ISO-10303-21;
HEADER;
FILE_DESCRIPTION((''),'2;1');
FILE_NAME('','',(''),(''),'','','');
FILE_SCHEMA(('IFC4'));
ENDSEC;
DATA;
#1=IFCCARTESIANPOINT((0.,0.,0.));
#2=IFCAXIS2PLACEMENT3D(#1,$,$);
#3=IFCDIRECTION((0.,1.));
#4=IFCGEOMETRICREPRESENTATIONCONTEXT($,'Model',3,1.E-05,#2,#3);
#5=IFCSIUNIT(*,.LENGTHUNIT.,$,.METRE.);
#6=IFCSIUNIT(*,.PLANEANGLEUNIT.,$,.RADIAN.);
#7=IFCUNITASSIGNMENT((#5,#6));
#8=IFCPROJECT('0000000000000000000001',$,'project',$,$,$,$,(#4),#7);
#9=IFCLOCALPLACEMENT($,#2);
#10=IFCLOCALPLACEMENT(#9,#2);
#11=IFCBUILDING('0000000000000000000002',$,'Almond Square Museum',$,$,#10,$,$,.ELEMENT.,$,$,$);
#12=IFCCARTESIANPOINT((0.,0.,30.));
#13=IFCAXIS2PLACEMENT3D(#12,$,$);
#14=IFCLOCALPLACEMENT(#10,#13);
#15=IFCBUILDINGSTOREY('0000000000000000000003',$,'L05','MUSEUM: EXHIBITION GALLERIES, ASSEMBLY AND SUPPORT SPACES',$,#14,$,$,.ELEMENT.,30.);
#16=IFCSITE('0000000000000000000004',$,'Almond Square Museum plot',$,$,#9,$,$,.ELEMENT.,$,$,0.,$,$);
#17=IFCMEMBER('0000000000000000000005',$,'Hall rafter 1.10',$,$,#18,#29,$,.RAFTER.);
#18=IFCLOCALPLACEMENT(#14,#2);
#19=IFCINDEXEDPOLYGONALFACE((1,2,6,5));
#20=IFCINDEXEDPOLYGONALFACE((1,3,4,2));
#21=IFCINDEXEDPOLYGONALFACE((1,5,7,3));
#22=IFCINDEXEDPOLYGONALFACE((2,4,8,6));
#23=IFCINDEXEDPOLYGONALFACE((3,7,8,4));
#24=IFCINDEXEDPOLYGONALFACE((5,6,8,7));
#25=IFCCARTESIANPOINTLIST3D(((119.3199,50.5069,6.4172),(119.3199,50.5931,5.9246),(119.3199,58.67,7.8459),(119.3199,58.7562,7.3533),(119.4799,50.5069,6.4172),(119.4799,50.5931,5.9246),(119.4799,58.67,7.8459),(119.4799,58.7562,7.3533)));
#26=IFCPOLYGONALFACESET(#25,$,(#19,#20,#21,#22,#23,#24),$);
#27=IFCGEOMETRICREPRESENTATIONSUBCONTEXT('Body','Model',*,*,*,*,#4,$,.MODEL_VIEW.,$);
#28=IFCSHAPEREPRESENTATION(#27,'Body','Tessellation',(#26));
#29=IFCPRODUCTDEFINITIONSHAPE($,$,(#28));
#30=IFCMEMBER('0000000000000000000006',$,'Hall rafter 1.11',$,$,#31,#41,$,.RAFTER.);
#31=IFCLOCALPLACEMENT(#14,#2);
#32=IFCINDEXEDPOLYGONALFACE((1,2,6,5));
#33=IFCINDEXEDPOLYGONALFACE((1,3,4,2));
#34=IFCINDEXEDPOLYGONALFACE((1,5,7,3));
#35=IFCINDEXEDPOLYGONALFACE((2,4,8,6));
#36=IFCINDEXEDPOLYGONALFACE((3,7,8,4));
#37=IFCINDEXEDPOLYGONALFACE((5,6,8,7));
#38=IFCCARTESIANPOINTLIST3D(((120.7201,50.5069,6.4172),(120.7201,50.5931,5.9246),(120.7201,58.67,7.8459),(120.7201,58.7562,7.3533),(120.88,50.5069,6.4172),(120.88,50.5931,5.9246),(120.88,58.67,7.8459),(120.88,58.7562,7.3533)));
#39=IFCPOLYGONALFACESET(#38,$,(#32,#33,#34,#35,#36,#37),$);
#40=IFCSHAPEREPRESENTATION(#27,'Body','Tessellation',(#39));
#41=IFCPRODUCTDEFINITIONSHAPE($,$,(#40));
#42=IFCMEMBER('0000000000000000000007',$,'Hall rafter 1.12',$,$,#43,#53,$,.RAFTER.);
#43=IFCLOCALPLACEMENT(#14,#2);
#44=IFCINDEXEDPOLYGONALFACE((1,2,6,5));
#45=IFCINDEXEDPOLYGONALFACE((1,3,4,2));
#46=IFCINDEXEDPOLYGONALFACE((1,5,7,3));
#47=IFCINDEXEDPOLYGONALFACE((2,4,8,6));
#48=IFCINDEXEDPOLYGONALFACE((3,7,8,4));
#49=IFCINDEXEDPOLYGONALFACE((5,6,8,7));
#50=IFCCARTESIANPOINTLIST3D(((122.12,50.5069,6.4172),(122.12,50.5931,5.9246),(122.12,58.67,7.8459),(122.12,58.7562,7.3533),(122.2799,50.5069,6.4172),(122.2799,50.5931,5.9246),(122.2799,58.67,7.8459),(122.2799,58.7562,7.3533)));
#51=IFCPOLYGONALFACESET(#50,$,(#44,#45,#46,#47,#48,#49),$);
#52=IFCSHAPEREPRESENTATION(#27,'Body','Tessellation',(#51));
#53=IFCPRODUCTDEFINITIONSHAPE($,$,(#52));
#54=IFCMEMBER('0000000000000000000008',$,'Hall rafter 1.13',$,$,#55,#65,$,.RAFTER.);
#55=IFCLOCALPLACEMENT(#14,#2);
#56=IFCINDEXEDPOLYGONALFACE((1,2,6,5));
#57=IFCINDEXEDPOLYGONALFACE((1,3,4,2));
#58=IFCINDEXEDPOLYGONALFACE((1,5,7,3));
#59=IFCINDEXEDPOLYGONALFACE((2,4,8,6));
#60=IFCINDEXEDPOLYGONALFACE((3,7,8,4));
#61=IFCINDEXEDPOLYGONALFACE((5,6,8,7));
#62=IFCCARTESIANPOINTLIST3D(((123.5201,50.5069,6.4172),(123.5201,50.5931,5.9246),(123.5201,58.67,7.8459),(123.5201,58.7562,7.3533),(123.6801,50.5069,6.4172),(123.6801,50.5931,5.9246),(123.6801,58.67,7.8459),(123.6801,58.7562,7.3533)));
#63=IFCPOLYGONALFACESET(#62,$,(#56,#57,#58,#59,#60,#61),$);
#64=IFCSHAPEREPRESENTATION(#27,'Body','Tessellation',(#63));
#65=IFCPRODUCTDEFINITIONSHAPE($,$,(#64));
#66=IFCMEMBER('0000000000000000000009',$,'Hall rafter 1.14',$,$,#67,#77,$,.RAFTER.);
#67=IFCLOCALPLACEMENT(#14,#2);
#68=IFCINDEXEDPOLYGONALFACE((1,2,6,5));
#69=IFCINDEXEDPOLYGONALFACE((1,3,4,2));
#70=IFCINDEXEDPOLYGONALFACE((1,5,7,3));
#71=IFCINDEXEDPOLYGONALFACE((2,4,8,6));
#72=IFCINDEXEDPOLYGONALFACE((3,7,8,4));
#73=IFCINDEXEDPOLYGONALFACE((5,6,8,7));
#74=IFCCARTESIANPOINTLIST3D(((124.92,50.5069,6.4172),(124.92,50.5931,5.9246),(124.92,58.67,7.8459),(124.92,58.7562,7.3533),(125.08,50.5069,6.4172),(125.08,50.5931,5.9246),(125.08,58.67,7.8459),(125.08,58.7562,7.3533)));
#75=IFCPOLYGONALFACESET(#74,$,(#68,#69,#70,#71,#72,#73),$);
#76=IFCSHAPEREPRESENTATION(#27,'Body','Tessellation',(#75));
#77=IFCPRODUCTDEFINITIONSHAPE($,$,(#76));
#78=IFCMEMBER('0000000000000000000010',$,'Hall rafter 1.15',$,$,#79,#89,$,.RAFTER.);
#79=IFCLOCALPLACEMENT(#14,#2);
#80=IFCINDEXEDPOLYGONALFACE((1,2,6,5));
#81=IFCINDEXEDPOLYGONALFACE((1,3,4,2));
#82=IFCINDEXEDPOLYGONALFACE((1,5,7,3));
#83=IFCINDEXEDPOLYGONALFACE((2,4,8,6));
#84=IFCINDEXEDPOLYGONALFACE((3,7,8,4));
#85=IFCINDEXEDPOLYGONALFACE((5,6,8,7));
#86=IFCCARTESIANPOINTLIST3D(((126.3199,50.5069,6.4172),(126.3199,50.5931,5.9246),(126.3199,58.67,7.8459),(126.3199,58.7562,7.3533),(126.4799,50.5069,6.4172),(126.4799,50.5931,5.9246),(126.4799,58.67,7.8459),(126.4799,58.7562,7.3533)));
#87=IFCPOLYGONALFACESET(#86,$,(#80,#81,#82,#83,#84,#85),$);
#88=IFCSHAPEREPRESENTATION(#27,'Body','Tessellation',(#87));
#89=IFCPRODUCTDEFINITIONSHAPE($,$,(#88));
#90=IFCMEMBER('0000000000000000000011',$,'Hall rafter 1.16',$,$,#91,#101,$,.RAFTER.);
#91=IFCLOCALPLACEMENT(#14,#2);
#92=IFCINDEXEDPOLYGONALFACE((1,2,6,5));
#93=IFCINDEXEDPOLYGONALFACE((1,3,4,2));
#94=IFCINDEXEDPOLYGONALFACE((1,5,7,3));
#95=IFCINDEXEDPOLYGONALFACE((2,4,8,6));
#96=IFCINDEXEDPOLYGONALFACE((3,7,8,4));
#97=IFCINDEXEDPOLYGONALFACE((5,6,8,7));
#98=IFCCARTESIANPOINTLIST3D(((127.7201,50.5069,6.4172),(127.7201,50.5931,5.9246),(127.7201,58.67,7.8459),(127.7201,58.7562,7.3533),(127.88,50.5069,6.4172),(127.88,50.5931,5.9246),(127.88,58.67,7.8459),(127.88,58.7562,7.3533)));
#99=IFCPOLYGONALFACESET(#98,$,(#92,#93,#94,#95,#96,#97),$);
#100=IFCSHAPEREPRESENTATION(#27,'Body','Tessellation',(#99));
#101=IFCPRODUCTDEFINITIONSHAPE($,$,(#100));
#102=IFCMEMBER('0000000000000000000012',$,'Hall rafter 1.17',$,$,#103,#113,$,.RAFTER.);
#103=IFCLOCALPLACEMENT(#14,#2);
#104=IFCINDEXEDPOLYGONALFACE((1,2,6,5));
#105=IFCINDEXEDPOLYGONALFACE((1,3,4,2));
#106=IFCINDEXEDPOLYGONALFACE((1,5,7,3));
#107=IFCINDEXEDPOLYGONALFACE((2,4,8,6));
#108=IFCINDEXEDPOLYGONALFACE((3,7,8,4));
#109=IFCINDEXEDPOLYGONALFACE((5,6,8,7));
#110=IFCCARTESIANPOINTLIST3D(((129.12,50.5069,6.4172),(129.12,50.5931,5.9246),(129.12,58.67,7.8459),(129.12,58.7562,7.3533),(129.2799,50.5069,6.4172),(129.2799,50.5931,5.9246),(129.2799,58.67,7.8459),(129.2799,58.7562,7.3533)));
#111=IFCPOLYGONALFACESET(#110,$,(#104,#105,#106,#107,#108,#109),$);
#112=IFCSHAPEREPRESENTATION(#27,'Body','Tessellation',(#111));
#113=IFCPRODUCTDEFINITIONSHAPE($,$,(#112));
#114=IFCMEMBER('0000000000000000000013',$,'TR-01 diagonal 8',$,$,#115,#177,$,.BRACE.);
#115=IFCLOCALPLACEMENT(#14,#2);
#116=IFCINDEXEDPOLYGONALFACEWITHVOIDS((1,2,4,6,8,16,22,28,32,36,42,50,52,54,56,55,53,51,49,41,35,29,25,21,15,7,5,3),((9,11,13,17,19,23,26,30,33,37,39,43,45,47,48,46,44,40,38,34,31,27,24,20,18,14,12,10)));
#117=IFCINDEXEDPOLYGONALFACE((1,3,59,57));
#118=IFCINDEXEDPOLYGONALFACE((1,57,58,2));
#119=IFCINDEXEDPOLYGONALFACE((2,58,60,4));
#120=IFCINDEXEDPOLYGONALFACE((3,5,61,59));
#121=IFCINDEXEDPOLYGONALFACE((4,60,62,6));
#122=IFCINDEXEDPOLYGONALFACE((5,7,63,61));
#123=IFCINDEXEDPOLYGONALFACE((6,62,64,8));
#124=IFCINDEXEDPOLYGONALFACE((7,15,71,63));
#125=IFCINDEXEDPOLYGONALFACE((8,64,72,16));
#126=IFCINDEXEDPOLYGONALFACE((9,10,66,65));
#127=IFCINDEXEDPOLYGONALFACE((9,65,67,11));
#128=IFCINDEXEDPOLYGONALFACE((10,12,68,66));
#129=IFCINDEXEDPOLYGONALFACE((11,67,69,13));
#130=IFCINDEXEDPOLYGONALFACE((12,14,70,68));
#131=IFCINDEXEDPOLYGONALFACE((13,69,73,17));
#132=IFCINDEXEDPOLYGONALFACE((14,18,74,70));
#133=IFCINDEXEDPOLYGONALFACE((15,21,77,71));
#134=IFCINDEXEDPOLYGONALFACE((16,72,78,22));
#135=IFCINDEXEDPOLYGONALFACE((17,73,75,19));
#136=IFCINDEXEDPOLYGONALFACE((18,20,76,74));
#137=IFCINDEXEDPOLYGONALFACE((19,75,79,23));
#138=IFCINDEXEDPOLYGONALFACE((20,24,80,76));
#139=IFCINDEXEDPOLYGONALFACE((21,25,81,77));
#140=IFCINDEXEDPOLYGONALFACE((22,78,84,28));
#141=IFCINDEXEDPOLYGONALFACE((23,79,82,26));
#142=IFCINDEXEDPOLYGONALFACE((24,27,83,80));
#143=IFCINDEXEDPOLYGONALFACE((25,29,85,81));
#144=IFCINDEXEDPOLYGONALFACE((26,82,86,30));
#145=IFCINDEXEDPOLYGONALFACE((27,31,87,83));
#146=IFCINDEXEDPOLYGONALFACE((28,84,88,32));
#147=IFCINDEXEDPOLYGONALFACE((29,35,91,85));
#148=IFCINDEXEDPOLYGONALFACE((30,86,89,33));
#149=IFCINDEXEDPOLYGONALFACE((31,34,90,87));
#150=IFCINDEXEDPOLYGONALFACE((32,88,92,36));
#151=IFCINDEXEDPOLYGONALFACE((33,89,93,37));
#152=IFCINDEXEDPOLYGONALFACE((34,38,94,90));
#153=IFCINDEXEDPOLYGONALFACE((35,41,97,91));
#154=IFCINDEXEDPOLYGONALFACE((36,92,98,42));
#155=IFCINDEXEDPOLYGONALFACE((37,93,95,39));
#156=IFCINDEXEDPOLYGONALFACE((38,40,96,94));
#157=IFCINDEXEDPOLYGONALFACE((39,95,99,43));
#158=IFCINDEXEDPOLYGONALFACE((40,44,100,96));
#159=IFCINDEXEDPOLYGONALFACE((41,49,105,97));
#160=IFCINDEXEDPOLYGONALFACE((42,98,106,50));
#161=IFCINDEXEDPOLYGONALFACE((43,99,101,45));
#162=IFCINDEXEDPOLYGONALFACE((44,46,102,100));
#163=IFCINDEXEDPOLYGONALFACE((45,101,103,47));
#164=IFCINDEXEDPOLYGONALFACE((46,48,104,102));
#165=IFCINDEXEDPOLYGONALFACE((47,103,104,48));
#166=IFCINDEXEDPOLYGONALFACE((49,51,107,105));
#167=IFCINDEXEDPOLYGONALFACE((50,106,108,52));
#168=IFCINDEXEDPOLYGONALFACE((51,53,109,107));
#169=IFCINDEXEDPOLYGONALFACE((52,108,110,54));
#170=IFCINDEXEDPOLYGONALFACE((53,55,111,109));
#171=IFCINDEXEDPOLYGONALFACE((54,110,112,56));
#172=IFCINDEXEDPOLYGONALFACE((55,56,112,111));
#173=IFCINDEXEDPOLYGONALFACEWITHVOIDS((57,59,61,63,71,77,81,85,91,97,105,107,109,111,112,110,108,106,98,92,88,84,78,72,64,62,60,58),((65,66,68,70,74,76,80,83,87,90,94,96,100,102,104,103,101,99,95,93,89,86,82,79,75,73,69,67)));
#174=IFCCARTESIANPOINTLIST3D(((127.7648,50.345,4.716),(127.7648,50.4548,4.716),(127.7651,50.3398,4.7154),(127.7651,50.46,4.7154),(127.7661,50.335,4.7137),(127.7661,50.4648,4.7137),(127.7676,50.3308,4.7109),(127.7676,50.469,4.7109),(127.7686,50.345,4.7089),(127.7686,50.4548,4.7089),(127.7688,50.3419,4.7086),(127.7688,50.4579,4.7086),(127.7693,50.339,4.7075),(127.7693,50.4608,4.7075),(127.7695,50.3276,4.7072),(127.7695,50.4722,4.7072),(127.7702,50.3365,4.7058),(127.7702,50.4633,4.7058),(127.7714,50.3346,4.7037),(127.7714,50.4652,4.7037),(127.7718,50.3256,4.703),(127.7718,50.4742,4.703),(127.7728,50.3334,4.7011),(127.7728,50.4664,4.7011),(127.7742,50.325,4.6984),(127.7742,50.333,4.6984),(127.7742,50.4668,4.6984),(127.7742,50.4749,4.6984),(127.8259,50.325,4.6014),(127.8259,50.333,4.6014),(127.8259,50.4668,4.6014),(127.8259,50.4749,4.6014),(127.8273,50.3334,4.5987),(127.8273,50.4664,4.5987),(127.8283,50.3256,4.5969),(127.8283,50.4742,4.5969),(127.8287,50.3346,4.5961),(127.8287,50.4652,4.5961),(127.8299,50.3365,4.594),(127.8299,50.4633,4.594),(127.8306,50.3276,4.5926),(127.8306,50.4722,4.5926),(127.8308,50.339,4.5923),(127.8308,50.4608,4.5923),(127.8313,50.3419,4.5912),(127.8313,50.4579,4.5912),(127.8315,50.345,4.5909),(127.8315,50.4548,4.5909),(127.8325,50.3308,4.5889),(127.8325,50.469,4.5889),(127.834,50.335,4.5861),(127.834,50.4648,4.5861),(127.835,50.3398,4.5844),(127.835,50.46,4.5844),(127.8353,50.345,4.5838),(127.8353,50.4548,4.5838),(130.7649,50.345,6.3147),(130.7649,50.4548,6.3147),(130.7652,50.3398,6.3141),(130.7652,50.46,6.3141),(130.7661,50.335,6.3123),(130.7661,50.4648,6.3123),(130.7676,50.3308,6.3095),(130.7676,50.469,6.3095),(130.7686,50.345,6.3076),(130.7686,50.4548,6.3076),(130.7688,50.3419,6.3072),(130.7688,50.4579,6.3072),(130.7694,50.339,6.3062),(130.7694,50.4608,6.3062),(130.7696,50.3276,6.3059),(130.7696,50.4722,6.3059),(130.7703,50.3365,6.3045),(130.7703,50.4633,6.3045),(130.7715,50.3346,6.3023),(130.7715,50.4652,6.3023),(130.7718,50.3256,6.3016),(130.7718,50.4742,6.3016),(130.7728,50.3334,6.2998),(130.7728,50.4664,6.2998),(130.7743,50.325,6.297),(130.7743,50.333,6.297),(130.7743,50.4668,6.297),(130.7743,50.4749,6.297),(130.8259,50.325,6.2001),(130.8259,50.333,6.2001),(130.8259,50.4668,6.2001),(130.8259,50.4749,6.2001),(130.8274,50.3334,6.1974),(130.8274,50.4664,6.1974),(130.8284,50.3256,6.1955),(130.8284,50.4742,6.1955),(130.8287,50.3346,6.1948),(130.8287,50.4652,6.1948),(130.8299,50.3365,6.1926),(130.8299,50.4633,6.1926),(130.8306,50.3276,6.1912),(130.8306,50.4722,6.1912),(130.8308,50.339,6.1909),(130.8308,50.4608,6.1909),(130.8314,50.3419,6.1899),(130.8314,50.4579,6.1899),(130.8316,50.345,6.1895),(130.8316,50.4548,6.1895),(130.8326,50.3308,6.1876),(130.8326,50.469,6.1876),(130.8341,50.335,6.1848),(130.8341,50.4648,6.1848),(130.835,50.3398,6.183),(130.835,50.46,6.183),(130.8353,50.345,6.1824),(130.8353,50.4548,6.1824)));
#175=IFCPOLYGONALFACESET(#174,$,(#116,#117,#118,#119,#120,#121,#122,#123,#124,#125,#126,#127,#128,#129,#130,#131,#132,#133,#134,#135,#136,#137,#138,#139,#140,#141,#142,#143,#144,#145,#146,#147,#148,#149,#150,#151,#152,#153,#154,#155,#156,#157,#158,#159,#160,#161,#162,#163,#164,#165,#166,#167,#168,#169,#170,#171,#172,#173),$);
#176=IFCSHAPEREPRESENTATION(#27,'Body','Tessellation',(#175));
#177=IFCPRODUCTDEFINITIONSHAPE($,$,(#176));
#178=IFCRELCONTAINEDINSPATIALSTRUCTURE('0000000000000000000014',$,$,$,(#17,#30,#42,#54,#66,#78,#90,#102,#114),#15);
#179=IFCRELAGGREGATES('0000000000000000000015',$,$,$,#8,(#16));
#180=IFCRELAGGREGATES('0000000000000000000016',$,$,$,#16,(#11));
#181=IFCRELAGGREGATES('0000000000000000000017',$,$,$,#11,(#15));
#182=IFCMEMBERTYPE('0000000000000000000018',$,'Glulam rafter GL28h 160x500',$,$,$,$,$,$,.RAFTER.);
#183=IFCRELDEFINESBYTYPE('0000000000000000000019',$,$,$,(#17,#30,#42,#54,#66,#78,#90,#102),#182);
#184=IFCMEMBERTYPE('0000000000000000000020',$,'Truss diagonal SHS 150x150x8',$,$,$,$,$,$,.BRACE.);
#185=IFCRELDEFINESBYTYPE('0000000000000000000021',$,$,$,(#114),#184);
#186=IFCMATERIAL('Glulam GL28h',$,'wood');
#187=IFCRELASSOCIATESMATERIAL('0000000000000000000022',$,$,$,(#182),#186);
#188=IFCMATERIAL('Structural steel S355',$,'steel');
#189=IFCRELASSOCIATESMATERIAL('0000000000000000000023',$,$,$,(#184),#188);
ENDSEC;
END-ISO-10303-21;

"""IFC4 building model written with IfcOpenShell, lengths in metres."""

from ifc_helpers import new_model, si_unit, direction, frame, origin, origin_2d, place, context, subcontext, project, spatial, rectangle, hollow_rectangle, extrude, material, material_profile, profile_set, type_object, element, save


model = new_model("IFC4")

# Units and contexts
model_context = context("Model", 3, precision=1e-05, world=origin(), true_north=direction((0.0, 1.0)))
body_context = subcontext(model_context, "Body", "Model", "MODEL_VIEW")
ifc_project = project(units=[si_unit("LENGTHUNIT", "METRE"), si_unit("PLANEANGLEUNIT", "RADIAN")], contexts=[model_context])

# Site, building, storey
site_placement = place(None, origin())
site = spatial("IfcSite", under=ifc_project, at=site_placement, Name="Almond Square Museum plot", CompositionType="ELEMENT", RefElevation=0.0)
building_placement = place(site_placement, origin())
building = spatial("IfcBuilding", under=site, at=building_placement, Name="Almond Square Museum", CompositionType="ELEMENT")
storey_placement = place(building_placement, frame((0.0, 0.0, 30.0)))
storey = spatial("IfcBuildingStorey", under=building, at=storey_placement, Name="L05", Description="MUSEUM: EXHIBITION GALLERIES, ASSEMBLY AND SUPPORT SPACES", CompositionType="ELEMENT", Elevation=30.0)

# Members
ifc_material_1 = material(Name="Glulam GL28h", Category="wood")
ifc_material_profile_1 = material_profile(ifc_material_1, rectangle(XDim=0.1599, YDim=0.5, at=origin_2d()))
ifc_profile_set_1 = profile_set([ifc_material_profile_1], Name="Glulam GL28h")
member_type_1 = type_object("IfcMemberType", Name="Glulam rafter GL28h 160x500", PredefinedType="RAFTER", material=ifc_profile_set_1)
for number, where, z_axis, x_axis, name in (
    (1, (119.3999, 50.55, 6.1709), (0.0, 0.985027, 0.1724), (-1.0, 0.0, 0.0), "Hall rafter 1.10"),
    (2, (120.8, 50.55, 6.1709), (0.0, 0.985027, 0.1724), (-1.0, 0.0, 0.0), "Hall rafter 1.11"),
    (3, (122.2, 50.55, 6.1709), (0.0, 0.985027, 0.1724), (-1.0, 0.0, 0.0), "Hall rafter 1.12"),
    (4, (123.6001, 50.55, 6.1709), (0.0, 0.985027, 0.1724), (-1.0, 0.0, 0.0), "Hall rafter 1.13"),
    (5, (125.0, 50.55, 6.1709), (0.0, 0.985027, 0.1724), (-1.0, 0.0, 0.0), "Hall rafter 1.14"),
    (6, (126.3999, 50.55, 6.1709), (0.0, 0.985027, 0.1724), (-1.0, 0.0, 0.0), "Hall rafter 1.15"),
    (7, (127.8, 50.55, 6.1709), (0.0, 0.985027, 0.1724), (-1.0, 0.0, 0.0), "Hall rafter 1.16"),
    (8, (129.2, 50.55, 6.1709), (0.0, 0.985027, 0.1724), (-1.0, 0.0, 0.0), "Hall rafter 1.17"),
):
    element("IfcMember", number, at=place(storey_placement, frame(where, z_axis=z_axis, x_axis=x_axis)), inside=storey, type_object=member_type_1, Name=name, PredefinedType="RAFTER", context=body_context, shape_type="SweptSolid", body=[
        extrude(rectangle(XDim=0.1599, YDim=0.5, at=origin_2d()), origin(), (0.0, 0.0, 1.0), 8.2871),
    ])
ifc_material_2 = material(Name="Structural steel S355", Category="steel")
ifc_material_profile_2 = material_profile(ifc_material_2, hollow_rectangle(XDim=0.1499, YDim=0.1499, WallThickness=0.0081, InnerFilletRadius=0.012, OuterFilletRadius=0.02, at=origin_2d()))
ifc_profile_set_2 = profile_set([ifc_material_profile_2], Name="Structural steel S355")
member_type_2 = type_object("IfcMemberType", Name="Truss diagonal SHS 150x150x8", PredefinedType="BRACE", material=ifc_profile_set_2)
member_1_placement = place(storey_placement, frame((127.8, 50.3999, 4.6499), z_axis=(0.88252, 0.0, 0.470275), x_axis=(0.0, 1.0, 0.0)))
element("IfcMember", 9, at=member_1_placement, inside=storey, type_object=member_type_2, Name="TR-01 diagonal 8", PredefinedType="BRACE", context=body_context, shape_type="SweptSolid", body=[
    extrude(hollow_rectangle(XDim=0.1499, YDim=0.1499, WallThickness=0.0081, InnerFilletRadius=0.012, OuterFilletRadius=0.02, at=origin_2d()), origin(), (0.0, 0.0, 1.0), 3.3994),
])

save(model, "model.ifc")
